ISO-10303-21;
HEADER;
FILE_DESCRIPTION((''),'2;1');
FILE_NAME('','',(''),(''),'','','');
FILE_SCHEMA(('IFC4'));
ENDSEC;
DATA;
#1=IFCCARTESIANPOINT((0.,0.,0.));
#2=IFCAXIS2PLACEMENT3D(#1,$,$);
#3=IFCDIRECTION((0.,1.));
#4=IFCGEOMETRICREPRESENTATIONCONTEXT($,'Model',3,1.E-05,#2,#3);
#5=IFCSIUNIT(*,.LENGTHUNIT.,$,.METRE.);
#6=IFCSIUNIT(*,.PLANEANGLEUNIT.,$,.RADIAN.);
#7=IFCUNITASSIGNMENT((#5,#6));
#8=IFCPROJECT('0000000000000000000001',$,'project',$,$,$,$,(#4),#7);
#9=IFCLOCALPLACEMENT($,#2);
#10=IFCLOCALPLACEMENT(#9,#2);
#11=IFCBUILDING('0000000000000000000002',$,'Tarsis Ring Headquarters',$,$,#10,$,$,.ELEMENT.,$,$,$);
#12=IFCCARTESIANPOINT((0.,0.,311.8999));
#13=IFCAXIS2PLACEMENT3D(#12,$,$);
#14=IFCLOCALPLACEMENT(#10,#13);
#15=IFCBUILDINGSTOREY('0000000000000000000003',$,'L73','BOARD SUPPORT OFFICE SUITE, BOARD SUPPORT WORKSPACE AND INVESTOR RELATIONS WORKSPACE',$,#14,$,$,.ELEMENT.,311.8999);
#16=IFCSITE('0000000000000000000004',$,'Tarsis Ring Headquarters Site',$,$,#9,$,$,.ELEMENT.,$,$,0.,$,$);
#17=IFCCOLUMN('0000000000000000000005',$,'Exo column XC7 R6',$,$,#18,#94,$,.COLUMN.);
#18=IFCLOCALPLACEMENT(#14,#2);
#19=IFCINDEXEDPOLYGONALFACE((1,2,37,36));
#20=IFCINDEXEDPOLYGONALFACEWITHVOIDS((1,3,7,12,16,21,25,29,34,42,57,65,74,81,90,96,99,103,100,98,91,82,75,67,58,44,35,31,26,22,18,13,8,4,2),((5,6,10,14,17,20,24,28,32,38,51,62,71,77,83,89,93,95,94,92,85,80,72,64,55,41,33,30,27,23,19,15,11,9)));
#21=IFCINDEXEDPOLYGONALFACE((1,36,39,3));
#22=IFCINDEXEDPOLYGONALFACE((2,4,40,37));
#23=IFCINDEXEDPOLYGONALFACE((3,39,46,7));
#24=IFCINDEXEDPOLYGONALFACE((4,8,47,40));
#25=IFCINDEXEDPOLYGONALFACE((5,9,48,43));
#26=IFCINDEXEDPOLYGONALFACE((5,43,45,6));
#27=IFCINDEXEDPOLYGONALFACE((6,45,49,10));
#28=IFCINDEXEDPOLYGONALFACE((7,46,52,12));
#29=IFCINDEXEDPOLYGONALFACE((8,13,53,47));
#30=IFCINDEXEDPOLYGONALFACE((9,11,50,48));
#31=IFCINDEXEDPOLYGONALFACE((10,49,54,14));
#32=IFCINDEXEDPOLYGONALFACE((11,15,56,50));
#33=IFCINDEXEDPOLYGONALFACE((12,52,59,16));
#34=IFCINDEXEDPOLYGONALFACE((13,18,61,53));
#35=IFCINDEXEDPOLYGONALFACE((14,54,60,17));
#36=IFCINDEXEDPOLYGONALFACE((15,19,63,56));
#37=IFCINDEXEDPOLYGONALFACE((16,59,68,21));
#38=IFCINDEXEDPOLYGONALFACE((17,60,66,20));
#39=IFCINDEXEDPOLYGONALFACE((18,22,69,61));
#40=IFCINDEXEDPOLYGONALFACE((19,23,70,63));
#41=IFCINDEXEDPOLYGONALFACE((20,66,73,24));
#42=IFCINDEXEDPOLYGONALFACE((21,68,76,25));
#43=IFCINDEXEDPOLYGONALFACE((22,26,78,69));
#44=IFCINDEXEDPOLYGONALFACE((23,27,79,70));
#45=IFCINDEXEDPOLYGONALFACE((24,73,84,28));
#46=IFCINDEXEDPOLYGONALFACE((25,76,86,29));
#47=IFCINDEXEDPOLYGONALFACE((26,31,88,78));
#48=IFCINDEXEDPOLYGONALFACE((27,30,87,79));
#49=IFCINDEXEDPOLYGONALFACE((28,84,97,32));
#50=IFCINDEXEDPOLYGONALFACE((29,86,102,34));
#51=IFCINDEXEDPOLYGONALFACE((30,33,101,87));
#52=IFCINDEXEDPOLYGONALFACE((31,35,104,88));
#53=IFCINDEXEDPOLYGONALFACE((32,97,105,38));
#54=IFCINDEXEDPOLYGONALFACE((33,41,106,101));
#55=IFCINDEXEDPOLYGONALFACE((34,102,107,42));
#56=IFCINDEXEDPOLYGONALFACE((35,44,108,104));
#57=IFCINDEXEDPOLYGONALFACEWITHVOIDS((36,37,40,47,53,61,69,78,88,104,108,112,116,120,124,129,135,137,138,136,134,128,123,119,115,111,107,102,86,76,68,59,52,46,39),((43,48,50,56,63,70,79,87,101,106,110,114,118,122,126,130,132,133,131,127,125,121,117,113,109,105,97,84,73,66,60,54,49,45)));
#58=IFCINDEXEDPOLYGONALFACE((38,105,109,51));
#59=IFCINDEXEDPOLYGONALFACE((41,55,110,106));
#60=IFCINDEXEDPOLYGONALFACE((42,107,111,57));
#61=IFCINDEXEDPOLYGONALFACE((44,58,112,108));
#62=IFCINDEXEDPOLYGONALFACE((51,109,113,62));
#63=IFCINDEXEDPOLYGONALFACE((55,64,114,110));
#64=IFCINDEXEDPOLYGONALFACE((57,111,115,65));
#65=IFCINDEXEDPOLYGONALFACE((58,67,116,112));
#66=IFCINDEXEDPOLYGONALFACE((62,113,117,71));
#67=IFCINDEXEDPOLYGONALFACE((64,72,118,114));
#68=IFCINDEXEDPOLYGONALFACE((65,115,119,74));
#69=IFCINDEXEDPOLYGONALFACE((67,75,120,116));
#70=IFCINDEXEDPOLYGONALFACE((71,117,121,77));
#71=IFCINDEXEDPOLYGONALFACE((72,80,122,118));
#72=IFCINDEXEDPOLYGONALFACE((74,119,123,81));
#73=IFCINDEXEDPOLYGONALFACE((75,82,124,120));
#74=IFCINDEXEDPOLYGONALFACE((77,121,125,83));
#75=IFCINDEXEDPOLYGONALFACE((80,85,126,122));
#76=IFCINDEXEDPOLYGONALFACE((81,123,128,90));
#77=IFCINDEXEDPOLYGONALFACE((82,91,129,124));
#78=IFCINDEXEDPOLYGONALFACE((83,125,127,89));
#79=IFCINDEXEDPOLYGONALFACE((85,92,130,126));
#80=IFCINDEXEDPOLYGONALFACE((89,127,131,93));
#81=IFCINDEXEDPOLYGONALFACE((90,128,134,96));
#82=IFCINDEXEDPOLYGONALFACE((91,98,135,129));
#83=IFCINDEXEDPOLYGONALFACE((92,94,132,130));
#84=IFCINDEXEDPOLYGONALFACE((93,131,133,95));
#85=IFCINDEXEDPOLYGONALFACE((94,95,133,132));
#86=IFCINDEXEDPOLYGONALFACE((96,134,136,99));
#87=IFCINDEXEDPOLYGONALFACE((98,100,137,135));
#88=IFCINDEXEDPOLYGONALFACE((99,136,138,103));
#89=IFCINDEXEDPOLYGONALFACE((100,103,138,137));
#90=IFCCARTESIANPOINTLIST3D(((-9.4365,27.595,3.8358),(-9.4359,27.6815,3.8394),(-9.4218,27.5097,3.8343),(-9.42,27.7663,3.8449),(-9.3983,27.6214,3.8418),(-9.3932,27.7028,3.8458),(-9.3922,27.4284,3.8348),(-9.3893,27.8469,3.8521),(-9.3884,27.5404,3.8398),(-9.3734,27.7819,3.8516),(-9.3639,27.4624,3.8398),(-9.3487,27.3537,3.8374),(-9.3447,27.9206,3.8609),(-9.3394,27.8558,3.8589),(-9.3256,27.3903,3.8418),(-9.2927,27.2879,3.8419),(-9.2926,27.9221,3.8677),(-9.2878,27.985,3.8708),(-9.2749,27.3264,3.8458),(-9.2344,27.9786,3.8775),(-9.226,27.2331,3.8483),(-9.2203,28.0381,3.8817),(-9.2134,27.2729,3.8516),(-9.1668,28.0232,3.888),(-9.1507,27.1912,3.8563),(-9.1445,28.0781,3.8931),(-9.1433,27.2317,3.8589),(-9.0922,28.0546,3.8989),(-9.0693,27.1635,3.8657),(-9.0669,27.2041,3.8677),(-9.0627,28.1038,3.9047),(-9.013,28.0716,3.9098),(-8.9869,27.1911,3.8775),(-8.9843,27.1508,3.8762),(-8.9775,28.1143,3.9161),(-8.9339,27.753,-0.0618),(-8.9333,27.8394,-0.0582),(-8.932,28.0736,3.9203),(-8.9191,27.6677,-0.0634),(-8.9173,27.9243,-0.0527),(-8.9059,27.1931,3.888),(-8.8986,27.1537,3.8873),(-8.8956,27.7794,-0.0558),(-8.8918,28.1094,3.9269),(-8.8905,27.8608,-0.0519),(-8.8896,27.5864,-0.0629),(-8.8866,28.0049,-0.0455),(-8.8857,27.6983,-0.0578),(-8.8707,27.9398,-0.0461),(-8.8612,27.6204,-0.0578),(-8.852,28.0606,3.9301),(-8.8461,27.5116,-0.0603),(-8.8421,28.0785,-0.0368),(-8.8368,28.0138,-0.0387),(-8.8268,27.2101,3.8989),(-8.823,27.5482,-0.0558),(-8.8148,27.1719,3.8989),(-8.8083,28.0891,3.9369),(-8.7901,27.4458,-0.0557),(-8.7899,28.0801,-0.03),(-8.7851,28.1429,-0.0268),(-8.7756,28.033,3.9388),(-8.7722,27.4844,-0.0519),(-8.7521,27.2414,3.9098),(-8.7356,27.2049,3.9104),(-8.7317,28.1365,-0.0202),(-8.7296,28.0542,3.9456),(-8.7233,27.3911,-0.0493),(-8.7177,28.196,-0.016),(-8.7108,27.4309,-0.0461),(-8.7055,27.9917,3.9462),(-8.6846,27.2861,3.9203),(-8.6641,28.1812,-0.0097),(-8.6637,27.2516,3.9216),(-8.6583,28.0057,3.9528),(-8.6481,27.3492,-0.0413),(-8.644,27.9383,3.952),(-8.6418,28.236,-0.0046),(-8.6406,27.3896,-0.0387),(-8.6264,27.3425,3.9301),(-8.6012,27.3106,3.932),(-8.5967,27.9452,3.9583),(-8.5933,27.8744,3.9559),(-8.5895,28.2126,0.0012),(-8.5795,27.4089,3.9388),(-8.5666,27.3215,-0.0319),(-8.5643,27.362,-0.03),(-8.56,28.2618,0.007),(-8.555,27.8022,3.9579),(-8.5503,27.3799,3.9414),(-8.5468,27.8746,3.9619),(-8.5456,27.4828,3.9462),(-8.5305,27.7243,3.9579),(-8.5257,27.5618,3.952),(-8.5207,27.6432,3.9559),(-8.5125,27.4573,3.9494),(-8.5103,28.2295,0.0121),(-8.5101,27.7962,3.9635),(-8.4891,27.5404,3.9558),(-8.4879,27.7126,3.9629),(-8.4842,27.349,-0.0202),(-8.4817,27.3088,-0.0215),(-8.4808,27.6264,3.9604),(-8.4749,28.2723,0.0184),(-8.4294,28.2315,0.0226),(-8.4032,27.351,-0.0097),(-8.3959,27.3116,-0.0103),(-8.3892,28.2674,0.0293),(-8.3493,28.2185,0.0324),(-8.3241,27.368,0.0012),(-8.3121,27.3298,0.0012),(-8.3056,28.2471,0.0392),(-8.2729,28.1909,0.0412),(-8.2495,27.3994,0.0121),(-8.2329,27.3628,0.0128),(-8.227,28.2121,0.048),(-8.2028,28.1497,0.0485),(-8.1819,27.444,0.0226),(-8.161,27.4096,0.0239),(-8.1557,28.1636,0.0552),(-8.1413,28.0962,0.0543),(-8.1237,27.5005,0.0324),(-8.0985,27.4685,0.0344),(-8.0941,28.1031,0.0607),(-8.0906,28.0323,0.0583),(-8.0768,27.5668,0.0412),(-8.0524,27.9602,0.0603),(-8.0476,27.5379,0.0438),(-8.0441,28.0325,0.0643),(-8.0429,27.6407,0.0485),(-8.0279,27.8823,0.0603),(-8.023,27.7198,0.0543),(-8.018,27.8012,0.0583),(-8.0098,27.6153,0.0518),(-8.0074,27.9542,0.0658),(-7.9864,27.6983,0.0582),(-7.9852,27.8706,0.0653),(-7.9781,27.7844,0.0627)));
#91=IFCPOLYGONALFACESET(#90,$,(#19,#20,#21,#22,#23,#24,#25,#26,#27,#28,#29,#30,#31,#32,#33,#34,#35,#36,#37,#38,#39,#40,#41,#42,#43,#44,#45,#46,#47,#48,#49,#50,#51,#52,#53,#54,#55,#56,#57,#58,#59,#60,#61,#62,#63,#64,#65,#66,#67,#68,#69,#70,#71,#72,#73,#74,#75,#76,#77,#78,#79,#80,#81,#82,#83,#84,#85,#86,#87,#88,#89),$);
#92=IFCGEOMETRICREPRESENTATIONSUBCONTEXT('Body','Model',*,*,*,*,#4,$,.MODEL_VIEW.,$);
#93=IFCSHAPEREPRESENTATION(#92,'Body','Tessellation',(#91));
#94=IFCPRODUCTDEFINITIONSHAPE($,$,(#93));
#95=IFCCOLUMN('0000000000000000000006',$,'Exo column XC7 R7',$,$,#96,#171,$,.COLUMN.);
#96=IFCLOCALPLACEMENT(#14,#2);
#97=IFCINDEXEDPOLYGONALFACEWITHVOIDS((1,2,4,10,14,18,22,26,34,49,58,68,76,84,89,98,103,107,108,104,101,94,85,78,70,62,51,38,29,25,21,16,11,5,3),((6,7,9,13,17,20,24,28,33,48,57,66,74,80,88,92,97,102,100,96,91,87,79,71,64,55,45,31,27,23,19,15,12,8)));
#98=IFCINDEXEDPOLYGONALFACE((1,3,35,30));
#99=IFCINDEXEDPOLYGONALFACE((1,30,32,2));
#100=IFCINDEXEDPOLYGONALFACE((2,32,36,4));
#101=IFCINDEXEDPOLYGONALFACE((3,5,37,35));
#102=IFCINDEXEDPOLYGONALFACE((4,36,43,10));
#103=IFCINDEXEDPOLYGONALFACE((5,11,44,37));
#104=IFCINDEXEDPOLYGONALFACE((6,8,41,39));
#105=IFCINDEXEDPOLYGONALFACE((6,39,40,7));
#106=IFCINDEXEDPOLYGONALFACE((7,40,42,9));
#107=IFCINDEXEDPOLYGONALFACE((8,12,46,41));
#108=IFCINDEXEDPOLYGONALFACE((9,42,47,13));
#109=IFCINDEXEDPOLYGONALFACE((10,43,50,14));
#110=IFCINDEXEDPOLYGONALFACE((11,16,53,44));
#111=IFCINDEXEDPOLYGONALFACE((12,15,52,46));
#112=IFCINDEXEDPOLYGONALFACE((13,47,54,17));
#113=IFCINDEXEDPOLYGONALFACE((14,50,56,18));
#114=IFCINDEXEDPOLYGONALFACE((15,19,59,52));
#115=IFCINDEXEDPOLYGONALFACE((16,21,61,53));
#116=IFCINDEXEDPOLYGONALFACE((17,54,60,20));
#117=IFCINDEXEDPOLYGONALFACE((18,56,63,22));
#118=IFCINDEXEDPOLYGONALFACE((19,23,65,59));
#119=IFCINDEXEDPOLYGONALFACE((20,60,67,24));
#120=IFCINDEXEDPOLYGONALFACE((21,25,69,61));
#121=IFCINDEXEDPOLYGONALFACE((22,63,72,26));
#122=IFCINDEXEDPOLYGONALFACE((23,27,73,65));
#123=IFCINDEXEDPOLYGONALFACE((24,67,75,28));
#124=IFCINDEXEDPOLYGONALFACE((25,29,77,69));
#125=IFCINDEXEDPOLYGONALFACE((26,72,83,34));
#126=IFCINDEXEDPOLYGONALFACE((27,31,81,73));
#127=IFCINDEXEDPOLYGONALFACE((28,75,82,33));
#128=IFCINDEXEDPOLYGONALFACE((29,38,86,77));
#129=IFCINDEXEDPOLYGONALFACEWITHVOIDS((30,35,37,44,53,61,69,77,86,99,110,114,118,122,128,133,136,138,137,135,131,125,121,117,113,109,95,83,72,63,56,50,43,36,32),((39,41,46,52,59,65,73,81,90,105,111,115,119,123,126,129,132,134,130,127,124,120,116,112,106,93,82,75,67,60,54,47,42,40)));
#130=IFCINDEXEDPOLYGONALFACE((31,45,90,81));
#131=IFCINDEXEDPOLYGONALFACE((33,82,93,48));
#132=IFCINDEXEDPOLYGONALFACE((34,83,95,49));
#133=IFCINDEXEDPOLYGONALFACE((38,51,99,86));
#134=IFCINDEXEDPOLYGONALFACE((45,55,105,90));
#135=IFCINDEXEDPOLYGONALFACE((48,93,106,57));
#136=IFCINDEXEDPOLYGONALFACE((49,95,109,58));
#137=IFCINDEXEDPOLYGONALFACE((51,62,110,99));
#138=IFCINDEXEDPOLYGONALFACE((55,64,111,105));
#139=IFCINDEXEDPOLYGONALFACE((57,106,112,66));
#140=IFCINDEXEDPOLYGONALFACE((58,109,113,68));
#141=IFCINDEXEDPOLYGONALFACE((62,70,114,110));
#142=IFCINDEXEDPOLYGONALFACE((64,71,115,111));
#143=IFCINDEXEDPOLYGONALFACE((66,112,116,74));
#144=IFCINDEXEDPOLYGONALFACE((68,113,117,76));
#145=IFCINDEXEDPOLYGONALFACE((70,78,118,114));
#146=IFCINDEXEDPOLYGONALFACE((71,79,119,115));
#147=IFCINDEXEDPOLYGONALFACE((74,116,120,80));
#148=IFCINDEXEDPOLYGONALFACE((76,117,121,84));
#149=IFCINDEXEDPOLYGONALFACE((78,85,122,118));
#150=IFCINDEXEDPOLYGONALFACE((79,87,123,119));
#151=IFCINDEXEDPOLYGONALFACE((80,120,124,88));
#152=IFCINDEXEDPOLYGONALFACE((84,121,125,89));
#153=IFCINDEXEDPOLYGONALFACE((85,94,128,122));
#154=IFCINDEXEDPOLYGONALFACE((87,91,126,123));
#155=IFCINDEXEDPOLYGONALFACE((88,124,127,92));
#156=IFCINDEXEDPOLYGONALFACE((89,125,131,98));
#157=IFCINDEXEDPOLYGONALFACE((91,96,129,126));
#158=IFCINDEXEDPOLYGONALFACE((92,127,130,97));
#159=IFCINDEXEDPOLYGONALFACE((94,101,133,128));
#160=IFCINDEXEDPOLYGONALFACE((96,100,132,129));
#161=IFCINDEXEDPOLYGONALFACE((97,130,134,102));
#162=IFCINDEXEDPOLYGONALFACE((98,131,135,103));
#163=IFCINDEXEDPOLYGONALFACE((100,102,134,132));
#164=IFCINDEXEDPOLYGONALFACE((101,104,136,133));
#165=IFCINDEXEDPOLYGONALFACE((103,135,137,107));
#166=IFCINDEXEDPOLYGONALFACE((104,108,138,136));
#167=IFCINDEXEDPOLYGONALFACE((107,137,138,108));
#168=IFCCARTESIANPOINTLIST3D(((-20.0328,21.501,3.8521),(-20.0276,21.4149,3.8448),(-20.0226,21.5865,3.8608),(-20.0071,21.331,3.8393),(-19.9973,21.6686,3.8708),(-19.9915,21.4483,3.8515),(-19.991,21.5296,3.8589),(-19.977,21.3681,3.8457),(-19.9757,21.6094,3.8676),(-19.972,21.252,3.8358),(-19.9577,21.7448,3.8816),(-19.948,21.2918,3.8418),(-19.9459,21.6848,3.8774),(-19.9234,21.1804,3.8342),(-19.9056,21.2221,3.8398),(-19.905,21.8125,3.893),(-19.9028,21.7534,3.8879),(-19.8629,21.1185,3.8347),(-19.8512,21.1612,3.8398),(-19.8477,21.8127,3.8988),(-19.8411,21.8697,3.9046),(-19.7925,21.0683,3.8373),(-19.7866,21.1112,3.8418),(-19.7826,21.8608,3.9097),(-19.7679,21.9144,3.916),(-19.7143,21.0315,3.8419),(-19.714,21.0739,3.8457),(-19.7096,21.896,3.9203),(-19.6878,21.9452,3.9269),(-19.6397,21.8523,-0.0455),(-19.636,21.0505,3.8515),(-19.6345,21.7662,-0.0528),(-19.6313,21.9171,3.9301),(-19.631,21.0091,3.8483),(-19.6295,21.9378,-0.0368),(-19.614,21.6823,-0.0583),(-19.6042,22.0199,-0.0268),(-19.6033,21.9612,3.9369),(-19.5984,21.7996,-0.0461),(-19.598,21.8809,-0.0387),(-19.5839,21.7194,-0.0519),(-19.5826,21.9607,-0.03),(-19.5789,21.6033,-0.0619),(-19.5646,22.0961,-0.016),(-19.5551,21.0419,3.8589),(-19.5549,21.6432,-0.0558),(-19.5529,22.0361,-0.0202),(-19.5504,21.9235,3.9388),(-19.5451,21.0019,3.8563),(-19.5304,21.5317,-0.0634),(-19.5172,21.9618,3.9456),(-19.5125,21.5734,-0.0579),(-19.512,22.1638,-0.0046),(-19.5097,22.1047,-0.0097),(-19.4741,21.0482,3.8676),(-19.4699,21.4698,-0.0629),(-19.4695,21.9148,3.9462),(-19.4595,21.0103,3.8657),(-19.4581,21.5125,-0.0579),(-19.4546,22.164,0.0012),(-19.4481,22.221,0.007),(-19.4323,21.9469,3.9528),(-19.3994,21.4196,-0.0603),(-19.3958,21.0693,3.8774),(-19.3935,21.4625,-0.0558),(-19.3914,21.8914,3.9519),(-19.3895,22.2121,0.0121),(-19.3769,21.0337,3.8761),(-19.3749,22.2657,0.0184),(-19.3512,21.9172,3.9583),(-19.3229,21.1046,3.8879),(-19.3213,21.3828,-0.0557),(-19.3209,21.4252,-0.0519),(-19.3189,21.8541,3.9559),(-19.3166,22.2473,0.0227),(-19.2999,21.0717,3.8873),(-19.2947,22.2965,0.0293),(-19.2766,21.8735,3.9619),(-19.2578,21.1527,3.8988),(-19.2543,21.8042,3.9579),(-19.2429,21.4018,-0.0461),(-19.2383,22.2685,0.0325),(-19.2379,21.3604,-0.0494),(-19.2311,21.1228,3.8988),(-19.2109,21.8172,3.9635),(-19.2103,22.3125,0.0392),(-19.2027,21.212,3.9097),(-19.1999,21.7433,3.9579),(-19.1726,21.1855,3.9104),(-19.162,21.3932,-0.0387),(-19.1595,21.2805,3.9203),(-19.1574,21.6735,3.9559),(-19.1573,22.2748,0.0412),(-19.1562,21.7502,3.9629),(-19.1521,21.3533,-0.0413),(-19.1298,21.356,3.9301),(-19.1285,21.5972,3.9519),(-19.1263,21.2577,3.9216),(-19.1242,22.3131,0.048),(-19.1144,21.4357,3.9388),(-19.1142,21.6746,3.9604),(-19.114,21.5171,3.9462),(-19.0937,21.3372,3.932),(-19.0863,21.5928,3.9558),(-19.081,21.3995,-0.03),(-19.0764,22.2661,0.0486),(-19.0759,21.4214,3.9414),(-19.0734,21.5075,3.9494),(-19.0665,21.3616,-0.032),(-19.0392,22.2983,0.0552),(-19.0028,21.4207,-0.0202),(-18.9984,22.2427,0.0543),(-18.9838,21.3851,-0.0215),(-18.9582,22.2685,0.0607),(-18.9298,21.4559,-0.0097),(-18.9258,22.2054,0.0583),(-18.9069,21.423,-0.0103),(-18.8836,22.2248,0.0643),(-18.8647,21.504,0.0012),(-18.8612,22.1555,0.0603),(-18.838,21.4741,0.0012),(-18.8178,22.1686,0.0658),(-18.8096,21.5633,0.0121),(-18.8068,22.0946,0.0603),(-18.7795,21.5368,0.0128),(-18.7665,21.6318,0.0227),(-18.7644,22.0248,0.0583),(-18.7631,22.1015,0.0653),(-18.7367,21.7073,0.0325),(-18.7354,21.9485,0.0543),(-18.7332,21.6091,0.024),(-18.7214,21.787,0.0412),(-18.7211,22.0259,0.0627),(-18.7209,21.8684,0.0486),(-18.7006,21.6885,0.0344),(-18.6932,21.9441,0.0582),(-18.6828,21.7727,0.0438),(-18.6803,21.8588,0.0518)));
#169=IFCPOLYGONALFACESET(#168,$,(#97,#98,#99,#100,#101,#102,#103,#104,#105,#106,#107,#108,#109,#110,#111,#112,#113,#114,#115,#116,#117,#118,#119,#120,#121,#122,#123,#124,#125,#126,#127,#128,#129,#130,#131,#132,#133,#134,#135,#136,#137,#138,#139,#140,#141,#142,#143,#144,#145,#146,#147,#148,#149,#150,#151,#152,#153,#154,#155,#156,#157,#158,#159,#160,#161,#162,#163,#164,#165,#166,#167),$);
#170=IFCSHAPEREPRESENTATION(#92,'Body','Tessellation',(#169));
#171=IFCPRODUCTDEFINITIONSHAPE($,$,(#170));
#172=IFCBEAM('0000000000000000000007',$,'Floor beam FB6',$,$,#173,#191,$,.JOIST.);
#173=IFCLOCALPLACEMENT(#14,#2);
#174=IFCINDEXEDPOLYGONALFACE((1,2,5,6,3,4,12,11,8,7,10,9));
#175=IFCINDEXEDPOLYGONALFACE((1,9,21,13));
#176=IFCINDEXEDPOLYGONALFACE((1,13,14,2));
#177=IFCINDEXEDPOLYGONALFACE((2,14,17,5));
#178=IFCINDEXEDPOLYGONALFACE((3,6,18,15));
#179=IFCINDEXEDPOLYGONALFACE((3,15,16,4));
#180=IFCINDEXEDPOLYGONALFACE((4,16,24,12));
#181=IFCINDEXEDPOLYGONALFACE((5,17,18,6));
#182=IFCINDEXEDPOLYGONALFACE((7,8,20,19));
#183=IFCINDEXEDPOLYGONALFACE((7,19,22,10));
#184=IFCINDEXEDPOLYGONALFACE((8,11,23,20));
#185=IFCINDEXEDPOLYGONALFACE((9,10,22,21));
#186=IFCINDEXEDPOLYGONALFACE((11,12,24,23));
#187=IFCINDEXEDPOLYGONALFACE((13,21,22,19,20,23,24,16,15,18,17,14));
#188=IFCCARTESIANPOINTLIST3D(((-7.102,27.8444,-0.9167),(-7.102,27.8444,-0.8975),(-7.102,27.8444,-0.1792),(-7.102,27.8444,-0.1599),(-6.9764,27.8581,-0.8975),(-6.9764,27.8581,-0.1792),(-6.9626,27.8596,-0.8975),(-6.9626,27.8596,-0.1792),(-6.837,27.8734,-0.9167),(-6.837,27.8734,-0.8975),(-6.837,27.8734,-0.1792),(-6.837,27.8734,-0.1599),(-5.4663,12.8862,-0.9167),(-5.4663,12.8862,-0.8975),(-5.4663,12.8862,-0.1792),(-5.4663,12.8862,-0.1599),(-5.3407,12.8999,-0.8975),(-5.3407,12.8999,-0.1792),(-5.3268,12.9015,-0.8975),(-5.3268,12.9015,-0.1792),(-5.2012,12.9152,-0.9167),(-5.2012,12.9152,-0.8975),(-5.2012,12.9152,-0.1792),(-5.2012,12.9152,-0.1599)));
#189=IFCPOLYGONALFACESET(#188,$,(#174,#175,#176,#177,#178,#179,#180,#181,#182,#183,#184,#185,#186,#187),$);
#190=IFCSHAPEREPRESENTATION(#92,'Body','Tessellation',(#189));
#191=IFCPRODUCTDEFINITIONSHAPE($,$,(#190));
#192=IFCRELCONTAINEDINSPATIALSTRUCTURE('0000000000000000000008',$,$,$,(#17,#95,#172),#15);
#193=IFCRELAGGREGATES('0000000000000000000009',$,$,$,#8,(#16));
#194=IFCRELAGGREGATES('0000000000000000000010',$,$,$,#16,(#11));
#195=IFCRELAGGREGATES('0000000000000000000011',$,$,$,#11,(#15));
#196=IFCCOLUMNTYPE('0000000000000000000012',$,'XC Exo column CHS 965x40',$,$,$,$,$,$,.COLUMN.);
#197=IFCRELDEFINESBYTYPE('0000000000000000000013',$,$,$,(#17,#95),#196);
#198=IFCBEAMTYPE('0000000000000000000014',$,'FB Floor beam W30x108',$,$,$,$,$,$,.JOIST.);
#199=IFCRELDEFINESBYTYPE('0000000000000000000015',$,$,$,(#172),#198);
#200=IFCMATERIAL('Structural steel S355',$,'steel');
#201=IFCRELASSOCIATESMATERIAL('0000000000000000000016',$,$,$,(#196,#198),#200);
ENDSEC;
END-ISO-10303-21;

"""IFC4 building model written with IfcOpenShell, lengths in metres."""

from ifc_helpers import new_model, si_unit, direction, frame, origin, origin_2d, place, context, subcontext, project, spatial, hollow_circle, i_section, extrude, material, material_profile, profile_set, type_object, element, save


model = new_model("IFC4")

# Units and contexts
model_context = context("Model", 3, precision=1e-05, world=origin(), true_north=direction((0.0, 1.0)))
body_context = subcontext(model_context, "Body", "Model", "MODEL_VIEW")
ifc_project = project(units=[si_unit("LENGTHUNIT", "METRE"), si_unit("PLANEANGLEUNIT", "RADIAN")], contexts=[model_context])

# Site, building, storey
site_placement = place(None, origin())
site = spatial("IfcSite", under=ifc_project, at=site_placement, Name="Tarsis Ring Headquarters Site", CompositionType="ELEMENT", RefElevation=0.0)
building_placement = place(site_placement, origin())
building = spatial("IfcBuilding", under=site, at=building_placement, Name="Tarsis Ring Headquarters", CompositionType="ELEMENT")
storey_placement = place(building_placement, frame((0.0, 0.0, 311.8999)))
storey = spatial("IfcBuildingStorey", under=building, at=storey_placement, Name="L73", Description="BOARD SUPPORT OFFICE SUITE, BOARD SUPPORT WORKSPACE AND INVESTOR RELATIONS WORKSPACE", CompositionType="ELEMENT", Elevation=311.8999)

# Columns
ifc_material_1 = material(Name="Structural steel S355", Category="steel")
ifc_material_profile_1 = material_profile(ifc_material_1, hollow_circle(Radius=0.4827, WallThickness=0.04, at=origin_2d()), Name="CHS 965x40")
ifc_profile_set_1 = profile_set([ifc_material_profile_1], Name="Structural steel S355")
column_type = type_object("IfcColumnType", Name="XC Exo column CHS 965x40", PredefinedType="COLUMN", material=ifc_profile_set_1)
for number, where, z_axis, x_axis, name in (
    (1, (-8.4568, 27.7903, 0.0012), (-0.127807, -0.040161, 0.990986), (0.299778, -0.954009, 0.0), "Exo column XC7 R6"),
    (2, (-19.1597, 21.834, 0.0012), (-0.099936, -0.089321, 0.990977), (0.666402, -0.745592, 0.0), "Exo column XC7 R7"),
):
    element("IfcColumn", number, at=place(storey_placement, frame(where, z_axis=z_axis, x_axis=x_axis)), inside=storey, type_object=column_type, Name=name, PredefinedType="COLUMN", context=body_context, shape_type="SweptSolid", body=[
        extrude(hollow_circle(Radius=0.4827, WallThickness=0.04, at=origin_2d()), origin(), (0.0, 0.0, 1.0), 3.9331),
    ])

# Beam
ifc_material_profile_2 = material_profile(ifc_material_1, i_section(OverallWidth=0.2666, OverallDepth=0.7568, WebThickness=0.0139, FlangeThickness=0.0193, at=origin_2d()), Name="W30x108")
ifc_profile_set_2 = profile_set([ifc_material_profile_2], Name="Structural steel S355")
beam_type_1 = type_object("IfcBeamType", Name="FB Floor beam W30x108", PredefinedType="JOIST", material=ifc_profile_set_2)
beam_1_placement = place(storey_placement, frame((-6.9695, 27.8589, -0.5383), z_axis=(0.108706, -0.994074, 0.0), x_axis=(0.994074, 0.108706, 0.0)))
element("IfcBeam", 3, at=beam_1_placement, inside=storey, type_object=beam_type_1, Name="Floor beam FB6", PredefinedType="JOIST", context=body_context, shape_type="SweptSolid", body=[
    extrude(i_section(OverallWidth=0.2666, OverallDepth=0.7568, WebThickness=0.0139, FlangeThickness=0.0193, at=origin_2d()), origin(), (0.0, 0.0, 1.0), 15.0474),
])

save(model, "model.ifc")
